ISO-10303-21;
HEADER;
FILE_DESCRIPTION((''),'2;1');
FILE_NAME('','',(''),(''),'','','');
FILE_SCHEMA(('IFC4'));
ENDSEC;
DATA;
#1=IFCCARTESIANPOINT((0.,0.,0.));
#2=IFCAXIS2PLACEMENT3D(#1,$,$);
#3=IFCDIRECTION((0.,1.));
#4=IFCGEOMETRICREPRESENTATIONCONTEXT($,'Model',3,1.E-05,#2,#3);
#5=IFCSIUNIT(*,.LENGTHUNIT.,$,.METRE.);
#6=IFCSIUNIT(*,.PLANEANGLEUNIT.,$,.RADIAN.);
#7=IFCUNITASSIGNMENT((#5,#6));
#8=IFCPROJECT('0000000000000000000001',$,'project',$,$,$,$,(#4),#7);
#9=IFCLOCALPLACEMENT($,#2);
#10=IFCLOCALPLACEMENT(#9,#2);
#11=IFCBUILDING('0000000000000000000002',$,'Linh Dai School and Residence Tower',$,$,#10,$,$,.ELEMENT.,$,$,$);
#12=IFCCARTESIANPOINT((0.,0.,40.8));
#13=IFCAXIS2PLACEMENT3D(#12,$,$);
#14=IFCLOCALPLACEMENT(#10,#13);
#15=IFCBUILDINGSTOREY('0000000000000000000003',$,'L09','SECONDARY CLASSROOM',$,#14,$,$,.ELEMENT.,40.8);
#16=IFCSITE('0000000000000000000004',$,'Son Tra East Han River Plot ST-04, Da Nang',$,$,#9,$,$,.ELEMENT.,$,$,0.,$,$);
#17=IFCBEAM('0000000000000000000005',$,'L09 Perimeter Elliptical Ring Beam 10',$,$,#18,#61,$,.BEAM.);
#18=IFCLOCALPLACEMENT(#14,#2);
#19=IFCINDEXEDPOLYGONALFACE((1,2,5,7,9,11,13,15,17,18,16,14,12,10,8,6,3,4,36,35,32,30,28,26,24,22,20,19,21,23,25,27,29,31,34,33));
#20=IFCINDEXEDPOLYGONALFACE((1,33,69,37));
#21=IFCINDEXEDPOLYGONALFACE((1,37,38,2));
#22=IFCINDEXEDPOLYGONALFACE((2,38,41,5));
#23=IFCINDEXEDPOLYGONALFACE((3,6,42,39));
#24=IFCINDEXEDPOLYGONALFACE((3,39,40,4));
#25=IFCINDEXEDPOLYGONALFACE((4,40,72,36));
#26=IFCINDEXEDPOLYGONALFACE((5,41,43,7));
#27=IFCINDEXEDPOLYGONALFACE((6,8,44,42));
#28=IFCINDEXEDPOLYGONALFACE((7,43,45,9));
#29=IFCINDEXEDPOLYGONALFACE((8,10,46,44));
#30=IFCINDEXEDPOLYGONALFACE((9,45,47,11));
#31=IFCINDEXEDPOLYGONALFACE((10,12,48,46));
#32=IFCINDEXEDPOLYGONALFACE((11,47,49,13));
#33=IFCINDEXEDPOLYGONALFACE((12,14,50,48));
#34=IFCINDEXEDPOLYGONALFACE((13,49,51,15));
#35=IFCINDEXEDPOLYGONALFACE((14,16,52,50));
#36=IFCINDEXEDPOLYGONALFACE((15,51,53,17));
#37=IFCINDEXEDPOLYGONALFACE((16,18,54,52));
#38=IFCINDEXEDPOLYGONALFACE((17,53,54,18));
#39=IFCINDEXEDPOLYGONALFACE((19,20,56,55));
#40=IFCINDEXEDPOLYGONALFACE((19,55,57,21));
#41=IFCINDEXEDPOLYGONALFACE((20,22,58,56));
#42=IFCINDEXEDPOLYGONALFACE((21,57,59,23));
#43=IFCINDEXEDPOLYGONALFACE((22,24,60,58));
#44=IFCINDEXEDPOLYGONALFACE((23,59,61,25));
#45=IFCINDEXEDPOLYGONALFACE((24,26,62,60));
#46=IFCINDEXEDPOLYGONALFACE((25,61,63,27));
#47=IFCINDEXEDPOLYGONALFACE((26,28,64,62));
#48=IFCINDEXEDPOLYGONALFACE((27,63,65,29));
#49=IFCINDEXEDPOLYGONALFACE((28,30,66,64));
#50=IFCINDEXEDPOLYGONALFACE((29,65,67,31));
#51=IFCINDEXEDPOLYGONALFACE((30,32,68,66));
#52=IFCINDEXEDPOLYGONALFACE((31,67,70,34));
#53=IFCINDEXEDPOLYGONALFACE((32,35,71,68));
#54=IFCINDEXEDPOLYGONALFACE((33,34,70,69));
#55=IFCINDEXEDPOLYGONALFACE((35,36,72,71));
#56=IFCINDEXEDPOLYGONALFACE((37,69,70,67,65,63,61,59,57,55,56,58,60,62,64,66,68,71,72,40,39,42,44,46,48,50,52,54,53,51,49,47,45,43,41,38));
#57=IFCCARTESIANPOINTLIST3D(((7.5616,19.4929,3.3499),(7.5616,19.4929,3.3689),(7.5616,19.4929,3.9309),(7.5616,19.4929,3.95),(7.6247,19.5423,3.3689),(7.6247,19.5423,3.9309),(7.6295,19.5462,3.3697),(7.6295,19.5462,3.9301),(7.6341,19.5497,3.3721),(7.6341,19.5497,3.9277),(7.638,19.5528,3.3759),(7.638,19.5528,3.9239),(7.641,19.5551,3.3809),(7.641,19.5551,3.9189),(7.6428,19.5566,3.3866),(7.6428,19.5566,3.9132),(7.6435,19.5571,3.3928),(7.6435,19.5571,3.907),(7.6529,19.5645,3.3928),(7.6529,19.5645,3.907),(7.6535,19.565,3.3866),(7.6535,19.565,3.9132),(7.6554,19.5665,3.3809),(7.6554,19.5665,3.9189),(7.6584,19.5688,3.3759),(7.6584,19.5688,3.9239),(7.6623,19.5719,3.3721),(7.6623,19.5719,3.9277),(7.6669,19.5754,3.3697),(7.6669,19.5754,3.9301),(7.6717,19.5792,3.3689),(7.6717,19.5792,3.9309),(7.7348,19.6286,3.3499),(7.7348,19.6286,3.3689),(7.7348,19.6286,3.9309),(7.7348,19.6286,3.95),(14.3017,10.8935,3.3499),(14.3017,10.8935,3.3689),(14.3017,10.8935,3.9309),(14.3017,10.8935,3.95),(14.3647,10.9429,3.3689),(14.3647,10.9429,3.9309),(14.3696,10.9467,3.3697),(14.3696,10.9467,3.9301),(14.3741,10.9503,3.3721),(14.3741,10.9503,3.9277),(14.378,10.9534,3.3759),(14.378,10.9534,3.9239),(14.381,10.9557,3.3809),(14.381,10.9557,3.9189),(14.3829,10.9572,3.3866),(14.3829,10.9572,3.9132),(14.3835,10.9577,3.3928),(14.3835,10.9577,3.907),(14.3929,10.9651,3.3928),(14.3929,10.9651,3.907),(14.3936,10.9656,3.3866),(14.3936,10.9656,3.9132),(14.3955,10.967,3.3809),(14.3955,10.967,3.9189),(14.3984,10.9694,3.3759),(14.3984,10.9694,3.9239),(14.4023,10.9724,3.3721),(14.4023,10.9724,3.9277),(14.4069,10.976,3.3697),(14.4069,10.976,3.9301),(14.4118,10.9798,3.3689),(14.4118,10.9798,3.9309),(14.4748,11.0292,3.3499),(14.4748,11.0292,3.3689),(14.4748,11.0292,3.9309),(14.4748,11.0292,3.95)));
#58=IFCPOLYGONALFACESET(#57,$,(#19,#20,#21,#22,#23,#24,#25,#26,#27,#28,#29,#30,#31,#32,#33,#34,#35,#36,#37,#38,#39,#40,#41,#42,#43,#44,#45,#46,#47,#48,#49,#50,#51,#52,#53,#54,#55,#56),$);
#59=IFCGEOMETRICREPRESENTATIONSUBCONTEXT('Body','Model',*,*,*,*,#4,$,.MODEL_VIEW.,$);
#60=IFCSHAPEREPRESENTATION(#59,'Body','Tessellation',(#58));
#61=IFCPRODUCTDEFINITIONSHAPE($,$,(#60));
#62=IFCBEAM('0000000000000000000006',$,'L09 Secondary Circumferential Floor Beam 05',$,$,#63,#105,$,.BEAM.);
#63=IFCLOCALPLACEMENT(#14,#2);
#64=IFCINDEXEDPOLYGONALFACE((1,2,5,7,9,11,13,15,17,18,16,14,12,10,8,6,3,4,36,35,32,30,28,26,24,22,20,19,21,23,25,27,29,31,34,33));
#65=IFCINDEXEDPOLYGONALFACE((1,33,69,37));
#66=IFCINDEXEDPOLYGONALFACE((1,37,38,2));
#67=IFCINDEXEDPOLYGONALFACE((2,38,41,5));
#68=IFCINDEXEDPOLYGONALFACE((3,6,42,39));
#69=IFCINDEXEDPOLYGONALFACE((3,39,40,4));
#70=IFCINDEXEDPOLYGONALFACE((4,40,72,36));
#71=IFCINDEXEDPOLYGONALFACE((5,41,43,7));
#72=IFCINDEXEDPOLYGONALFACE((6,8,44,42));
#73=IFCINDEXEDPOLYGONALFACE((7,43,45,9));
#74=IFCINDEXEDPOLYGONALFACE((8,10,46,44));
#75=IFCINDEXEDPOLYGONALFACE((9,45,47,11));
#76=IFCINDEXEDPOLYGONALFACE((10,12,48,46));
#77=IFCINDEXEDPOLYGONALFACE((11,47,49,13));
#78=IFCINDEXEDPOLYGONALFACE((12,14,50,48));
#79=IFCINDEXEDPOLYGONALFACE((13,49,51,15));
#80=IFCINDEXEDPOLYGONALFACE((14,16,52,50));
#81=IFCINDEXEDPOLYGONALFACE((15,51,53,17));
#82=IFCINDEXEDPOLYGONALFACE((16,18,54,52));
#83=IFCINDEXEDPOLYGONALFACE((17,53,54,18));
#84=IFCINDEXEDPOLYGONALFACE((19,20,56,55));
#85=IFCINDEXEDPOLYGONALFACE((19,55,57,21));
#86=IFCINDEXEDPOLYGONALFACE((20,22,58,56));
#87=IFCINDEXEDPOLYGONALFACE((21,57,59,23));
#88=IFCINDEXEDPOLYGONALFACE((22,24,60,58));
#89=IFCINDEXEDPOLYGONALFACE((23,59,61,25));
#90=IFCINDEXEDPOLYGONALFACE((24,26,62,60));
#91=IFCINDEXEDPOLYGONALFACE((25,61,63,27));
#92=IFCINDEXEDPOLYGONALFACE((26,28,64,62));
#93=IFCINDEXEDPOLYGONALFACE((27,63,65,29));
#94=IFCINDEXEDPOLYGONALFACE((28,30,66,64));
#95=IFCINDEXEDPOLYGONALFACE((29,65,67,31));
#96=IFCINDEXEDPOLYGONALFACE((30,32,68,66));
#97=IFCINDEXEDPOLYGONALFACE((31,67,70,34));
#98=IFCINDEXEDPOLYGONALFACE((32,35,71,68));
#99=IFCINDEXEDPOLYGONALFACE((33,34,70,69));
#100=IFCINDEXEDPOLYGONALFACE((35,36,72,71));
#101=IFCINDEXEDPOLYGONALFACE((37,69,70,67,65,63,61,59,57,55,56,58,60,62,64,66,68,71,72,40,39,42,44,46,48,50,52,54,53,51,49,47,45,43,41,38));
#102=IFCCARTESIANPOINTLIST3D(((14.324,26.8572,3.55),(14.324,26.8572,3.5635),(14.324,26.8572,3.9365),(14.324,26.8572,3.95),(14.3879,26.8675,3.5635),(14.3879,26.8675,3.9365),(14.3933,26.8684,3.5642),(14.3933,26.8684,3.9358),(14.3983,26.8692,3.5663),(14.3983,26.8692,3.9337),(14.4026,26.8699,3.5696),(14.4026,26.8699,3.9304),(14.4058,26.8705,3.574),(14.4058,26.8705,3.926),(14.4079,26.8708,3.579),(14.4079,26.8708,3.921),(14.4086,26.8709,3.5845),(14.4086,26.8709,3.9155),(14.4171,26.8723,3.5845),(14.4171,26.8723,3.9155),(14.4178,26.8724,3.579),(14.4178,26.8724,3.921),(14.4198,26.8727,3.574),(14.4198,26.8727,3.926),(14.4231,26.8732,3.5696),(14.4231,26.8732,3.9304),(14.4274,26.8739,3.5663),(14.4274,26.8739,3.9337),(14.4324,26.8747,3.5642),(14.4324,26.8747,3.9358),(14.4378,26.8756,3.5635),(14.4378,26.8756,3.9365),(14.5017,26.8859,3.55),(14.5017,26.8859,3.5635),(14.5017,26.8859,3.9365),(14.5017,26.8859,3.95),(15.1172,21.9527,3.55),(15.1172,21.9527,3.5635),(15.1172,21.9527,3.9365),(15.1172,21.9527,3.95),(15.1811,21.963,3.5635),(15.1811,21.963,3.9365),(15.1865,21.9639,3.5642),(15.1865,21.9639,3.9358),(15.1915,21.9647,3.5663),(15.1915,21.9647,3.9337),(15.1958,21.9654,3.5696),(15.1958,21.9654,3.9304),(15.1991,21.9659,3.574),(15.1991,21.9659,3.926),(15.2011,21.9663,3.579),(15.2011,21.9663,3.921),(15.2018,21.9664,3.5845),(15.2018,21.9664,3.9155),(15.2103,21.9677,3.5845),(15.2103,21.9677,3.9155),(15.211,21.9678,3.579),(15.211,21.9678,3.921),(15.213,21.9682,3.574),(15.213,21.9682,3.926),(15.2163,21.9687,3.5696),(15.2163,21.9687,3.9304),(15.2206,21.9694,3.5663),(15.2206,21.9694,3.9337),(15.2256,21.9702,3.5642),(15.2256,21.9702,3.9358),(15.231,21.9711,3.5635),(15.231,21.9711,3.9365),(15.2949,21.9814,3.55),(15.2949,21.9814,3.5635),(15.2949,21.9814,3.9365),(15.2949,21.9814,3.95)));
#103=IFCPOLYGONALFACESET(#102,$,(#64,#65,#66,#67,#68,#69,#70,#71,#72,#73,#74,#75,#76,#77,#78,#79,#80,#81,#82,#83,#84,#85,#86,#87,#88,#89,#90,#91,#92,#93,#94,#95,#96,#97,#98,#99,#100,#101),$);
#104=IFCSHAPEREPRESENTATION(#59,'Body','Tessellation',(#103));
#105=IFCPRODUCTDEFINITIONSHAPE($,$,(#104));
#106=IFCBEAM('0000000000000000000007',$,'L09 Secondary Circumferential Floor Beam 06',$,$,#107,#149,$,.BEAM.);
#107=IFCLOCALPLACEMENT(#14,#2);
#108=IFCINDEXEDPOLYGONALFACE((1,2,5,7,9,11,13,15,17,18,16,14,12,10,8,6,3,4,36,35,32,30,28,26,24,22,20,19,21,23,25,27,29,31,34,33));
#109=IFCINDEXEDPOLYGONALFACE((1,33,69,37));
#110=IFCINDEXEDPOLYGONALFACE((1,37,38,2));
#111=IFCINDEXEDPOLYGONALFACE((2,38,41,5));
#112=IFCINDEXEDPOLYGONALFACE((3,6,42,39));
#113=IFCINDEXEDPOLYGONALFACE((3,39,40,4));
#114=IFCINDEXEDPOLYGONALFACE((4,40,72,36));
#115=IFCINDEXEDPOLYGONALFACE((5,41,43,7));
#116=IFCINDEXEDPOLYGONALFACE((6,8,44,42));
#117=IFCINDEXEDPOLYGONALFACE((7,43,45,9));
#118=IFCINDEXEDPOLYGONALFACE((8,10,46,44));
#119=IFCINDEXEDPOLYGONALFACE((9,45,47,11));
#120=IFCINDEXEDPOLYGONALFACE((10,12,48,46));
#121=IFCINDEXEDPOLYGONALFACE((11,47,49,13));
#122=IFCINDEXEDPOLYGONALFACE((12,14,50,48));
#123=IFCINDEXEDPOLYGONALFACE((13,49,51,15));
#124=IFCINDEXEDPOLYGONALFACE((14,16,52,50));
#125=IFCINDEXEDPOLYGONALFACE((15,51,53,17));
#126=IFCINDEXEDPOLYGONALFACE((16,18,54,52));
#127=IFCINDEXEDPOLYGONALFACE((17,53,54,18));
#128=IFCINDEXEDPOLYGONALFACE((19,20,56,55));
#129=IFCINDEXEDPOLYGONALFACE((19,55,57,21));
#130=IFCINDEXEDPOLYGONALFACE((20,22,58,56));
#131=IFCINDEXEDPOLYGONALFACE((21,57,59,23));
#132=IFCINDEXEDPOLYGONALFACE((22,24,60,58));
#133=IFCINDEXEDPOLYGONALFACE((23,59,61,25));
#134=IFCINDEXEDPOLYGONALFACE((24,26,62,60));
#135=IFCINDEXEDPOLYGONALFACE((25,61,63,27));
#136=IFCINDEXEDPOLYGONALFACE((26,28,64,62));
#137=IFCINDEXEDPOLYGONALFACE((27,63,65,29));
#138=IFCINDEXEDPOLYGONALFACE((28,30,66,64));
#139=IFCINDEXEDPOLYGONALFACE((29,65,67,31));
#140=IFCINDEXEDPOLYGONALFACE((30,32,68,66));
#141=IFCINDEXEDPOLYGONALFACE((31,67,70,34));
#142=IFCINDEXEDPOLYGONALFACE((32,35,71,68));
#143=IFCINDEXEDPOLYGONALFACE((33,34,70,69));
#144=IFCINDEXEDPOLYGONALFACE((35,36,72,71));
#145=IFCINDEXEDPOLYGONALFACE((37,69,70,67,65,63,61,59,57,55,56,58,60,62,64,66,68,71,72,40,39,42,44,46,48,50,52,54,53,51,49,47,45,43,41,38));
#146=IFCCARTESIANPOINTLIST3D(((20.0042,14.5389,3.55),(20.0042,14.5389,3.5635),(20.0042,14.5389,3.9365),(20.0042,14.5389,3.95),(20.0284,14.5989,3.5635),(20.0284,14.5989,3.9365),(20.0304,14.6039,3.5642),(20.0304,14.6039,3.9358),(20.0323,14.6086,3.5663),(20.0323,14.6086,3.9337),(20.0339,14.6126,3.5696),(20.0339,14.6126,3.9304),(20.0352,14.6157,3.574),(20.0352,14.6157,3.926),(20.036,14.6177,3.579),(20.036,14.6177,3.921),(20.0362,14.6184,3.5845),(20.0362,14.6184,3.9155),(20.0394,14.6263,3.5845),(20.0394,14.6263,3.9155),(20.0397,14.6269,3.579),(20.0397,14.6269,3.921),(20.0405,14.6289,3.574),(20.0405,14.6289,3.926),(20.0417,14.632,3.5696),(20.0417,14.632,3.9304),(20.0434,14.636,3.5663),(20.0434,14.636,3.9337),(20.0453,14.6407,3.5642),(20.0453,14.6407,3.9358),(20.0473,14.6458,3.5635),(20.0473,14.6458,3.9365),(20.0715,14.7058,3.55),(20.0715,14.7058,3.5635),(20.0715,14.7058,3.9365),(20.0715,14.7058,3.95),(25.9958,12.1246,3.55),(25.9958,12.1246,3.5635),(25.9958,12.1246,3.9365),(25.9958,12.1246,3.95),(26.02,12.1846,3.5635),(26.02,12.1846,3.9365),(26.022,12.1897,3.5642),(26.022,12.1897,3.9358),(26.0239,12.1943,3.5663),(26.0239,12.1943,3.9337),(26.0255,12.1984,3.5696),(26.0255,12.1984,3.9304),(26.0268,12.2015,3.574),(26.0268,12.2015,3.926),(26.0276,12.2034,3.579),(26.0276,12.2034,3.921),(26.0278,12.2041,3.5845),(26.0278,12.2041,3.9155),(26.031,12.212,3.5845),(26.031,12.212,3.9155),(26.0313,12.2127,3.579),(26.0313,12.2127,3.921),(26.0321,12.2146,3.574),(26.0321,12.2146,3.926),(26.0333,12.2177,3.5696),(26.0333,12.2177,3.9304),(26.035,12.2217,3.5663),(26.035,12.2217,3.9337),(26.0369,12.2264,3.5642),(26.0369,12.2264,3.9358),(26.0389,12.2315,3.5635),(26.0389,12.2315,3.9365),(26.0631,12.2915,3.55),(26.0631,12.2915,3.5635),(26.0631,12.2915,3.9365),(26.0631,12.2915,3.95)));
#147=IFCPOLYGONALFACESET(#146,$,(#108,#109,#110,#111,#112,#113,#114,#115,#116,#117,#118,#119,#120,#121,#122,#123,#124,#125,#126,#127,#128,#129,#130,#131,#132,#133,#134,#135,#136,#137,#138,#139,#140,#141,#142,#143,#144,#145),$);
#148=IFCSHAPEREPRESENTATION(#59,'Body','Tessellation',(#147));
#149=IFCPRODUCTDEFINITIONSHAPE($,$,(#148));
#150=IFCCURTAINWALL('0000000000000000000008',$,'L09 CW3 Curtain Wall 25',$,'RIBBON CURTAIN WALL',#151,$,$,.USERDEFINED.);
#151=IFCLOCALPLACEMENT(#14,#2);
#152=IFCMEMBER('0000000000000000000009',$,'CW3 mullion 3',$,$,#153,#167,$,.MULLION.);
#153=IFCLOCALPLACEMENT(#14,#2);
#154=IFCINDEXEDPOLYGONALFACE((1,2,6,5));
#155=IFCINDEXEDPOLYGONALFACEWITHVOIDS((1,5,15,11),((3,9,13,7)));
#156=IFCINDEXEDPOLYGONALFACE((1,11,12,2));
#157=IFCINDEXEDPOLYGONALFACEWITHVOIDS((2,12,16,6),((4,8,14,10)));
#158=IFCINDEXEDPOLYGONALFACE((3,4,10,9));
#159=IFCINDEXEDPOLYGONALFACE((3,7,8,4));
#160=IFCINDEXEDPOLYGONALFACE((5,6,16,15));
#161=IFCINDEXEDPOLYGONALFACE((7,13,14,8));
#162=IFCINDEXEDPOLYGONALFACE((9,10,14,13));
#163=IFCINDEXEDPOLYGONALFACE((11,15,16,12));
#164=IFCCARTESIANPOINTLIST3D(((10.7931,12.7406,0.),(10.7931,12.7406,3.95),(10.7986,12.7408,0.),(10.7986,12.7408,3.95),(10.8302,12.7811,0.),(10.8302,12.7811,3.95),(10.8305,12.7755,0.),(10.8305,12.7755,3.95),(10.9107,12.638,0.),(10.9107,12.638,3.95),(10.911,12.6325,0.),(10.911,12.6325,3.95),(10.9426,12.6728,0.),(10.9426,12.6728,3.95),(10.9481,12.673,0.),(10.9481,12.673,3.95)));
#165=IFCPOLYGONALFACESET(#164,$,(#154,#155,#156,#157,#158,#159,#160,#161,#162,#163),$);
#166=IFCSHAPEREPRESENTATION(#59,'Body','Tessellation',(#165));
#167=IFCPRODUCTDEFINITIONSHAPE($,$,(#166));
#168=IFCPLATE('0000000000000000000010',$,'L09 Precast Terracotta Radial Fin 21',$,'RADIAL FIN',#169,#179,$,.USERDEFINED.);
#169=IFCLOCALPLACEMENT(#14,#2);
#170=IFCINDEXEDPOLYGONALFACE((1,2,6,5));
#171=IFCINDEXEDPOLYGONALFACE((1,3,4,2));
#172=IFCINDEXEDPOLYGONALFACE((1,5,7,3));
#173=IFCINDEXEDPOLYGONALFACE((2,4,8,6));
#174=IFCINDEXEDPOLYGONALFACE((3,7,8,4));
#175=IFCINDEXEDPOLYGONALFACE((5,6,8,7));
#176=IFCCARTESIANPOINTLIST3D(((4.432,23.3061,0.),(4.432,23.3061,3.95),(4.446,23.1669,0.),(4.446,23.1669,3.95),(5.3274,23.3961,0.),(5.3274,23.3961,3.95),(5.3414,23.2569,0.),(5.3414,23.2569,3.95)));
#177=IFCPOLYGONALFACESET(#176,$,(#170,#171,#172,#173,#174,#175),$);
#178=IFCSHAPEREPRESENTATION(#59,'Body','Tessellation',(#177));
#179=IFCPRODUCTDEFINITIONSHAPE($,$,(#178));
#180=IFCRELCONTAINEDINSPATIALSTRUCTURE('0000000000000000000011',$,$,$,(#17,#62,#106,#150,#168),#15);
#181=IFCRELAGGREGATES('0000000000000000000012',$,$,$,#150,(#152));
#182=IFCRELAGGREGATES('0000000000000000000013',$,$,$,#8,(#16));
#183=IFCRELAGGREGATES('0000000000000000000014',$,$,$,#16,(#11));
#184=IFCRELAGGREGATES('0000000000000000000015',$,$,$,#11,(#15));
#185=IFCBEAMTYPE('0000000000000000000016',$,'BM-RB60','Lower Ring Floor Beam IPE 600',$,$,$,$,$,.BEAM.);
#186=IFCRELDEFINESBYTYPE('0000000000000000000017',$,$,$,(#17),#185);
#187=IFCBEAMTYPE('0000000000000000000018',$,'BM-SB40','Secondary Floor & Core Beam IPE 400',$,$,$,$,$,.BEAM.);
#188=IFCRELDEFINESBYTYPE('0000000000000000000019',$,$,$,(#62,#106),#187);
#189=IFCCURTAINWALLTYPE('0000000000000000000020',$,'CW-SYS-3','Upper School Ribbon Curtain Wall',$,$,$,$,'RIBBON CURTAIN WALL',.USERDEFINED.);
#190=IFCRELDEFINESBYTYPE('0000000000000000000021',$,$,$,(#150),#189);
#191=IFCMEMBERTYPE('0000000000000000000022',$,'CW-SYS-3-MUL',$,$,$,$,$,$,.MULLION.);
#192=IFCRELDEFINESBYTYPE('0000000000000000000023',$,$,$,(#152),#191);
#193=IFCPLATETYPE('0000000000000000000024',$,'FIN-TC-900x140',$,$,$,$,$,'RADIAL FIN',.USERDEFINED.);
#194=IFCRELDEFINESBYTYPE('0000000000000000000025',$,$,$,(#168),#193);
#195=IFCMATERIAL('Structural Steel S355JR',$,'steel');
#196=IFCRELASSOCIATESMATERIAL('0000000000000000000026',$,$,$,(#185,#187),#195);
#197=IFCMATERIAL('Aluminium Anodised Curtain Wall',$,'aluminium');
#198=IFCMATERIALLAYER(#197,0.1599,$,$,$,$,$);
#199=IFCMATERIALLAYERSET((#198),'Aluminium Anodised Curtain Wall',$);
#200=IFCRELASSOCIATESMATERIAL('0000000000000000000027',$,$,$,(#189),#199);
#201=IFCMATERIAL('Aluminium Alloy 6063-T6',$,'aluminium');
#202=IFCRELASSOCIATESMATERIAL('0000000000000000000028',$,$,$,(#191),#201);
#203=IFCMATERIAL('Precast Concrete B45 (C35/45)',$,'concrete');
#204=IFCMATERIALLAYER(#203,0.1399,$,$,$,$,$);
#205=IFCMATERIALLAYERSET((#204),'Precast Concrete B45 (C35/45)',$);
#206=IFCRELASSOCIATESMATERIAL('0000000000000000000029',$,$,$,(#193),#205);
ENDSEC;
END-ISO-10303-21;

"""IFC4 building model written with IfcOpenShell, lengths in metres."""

from ifc_helpers import new_model, si_unit, direction, frame, origin, origin_2d, place, context, subcontext, project, spatial, rectangle, hollow_rectangle, i_section, extrude, source, transform, mapped, material, layer, layer_set, material_profile, profile_set, type_object, element, aggregate, save


model = new_model("IFC4")

# Units and contexts
model_context = context("Model", 3, precision=1e-05, world=origin(), true_north=direction((0.0, 1.0)))
body_context = subcontext(model_context, "Body", "Model", "MODEL_VIEW")
ifc_project = project(units=[si_unit("LENGTHUNIT", "METRE"), si_unit("PLANEANGLEUNIT", "RADIAN")], contexts=[model_context])

# Site, building, storey
site_placement = place(None, origin())
site = spatial("IfcSite", under=ifc_project, at=site_placement, Name="Son Tra East Han River Plot ST-04, Da Nang", CompositionType="ELEMENT", RefElevation=0.0)
building_placement = place(site_placement, origin())
building = spatial("IfcBuilding", under=site, at=building_placement, Name="Linh Dai School and Residence Tower", CompositionType="ELEMENT")
storey_placement = place(building_placement, frame((0.0, 0.0, 40.8)))
storey = spatial("IfcBuildingStorey", under=building, at=storey_placement, Name="L09", Description="SECONDARY CLASSROOM", CompositionType="ELEMENT", Elevation=40.8)

# Shared definitions
ifc_material_1 = material(Name="Structural Steel S355JR", Category="steel")

# Beams
ifc_material_profile_1 = material_profile(ifc_material_1, i_section(OverallWidth=0.22, OverallDepth=0.6001, WebThickness=0.012, FlangeThickness=0.019, FilletRadius=0.0239, at=origin_2d()), Name="IPE 600")
ifc_profile_set_1 = profile_set([ifc_material_profile_1], Name="Structural Steel S355JR")
beam_type_1 = type_object("IfcBeamType", Name="BM-RB60", Description="Lower Ring Floor Beam IPE 600", PredefinedType="BEAM", material=ifc_profile_set_1)
beam_1_placement = place(storey_placement, frame((7.6482, 19.5608, 3.6499), z_axis=(0.616879, -0.787058, 0.0), x_axis=(0.787058, 0.616879, 0.0)))
element("IfcBeam", 1, at=beam_1_placement, inside=storey, type_object=beam_type_1, Name="L09 Perimeter Elliptical Ring Beam 10", PredefinedType="BEAM", context=body_context, shape_type="SweptSolid", body=[
    extrude(i_section(OverallWidth=0.22, OverallDepth=0.6001, WebThickness=0.012, FlangeThickness=0.019, FilletRadius=0.0239, at=origin_2d()), origin(), (0.0, 0.0, 1.0), 10.926),
])
ifc_material_profile_2 = material_profile(ifc_material_1, i_section(OverallWidth=0.1799, OverallDepth=0.3999, WebThickness=0.0085, FlangeThickness=0.0134, FilletRadius=0.021, at=origin_2d()), Name="IPE 400")
ifc_profile_set_2 = profile_set([ifc_material_profile_2], Name="Structural Steel S355JR")
beam_type_2 = type_object("IfcBeamType", Name="BM-SB40", Description="Secondary Floor & Core Beam IPE 400", PredefinedType="BEAM", material=ifc_profile_set_2)
beam_2_placement = place(storey_placement, frame((14.4128, 26.8716, 3.75), z_axis=(0.159656, -0.987173, 0.0), x_axis=(0.987173, 0.159656, 0.0)))
element("IfcBeam", 2, at=beam_2_placement, inside=storey, type_object=beam_type_2, Name="L09 Secondary Circumferential Floor Beam 05", PredefinedType="BEAM", context=body_context, shape_type="SweptSolid", body=[
    extrude(i_section(OverallWidth=0.1799, OverallDepth=0.3999, WebThickness=0.0085, FlangeThickness=0.0134, FilletRadius=0.021, at=origin_2d()), origin(), (0.0, 0.0, 1.0), 4.9683),
])
beam_3_placement = place(storey_placement, frame((20.0378, 14.6223, 3.75), z_axis=(0.927533, -0.373742, 0.0), x_axis=(0.373742, 0.927533, 0.0)))
element("IfcBeam", 3, at=beam_3_placement, inside=storey, type_object=beam_type_2, Name="L09 Secondary Circumferential Floor Beam 06", PredefinedType="BEAM", context=body_context, shape_type="SweptSolid", body=[
    extrude(i_section(OverallWidth=0.1799, OverallDepth=0.3999, WebThickness=0.0085, FlangeThickness=0.0134, FilletRadius=0.021, at=origin_2d()), origin(), (0.0, 0.0, 1.0), 6.4597),
])

# Curtain wall, member
ifc_material_2 = material(Name="Aluminium Anodised Curtain Wall", Category="aluminium")
ifc_layer_1 = layer(ifc_material_2, 0.1599)
ifc_layer_set_1 = layer_set([ifc_layer_1], Name="Aluminium Anodised Curtain Wall")
curtain_wall_type = type_object("IfcCurtainWallType", Name="CW-SYS-3", Description="Upper School Ribbon Curtain Wall", ElementType="RIBBON CURTAIN WALL", PredefinedType="USERDEFINED", material=ifc_layer_set_1)
curtain_wall_placement = place(storey_placement, origin())
curtain_wall = element("IfcCurtainWall", 4, at=curtain_wall_placement, inside=storey, type_object=curtain_wall_type, Name="L09 CW3 Curtain Wall 25", ObjectType="RIBBON CURTAIN WALL", PredefinedType="USERDEFINED")
ifc_material_3 = material(Name="Aluminium Alloy 6063-T6", Category="aluminium")
ifc_material_profile_3 = material_profile(ifc_material_3, hollow_rectangle(XDim=0.0549, YDim=0.1599, WallThickness=0.0039, at=origin_2d()), Name="RHS 160x55x4")
ifc_profile_set_3 = profile_set([ifc_material_profile_3], Name="Aluminium Alloy 6063-T6")
member_type = type_object("IfcMemberType", Name="CW-SYS-3-MUL", PredefinedType="MULLION", material=ifc_profile_set_3)
shared_shape_1 = source(origin(), body_context, "Body", "SweptSolid", [
    extrude(hollow_rectangle(XDim=0.0549, YDim=0.1599, WallThickness=0.0039, at=origin_2d()), origin(), (0.0, 0.0, 1.0), 3.95),
])
member_placement = place(storey_placement, frame((10.8706, 12.7068, 0.0), z_axis=(0.0, 0.0, 1.0), x_axis=(-0.675769, -0.737113, 0.0)))
member = element("IfcMember", 5, at=member_placement, type_object=member_type, Name="CW3 mullion 3", PredefinedType="MULLION", context=body_context, shape_type="MappedRepresentation", body=[
    mapped(shared_shape_1, transform((0.0, 0.0, 0.0), x_axis=(1.0, 0.0, 0.0), y_axis=(0.0, 1.0, 0.0), z_axis=(0.0, 0.0, 1.0), scale=1.0)),
])

# Plate
ifc_material_4 = material(Name="Precast Concrete B45 (C35/45)", Category="concrete")
ifc_layer_2 = layer(ifc_material_4, 0.1399)
ifc_layer_set_2 = layer_set([ifc_layer_2], Name="Precast Concrete B45 (C35/45)")
plate_type_1 = type_object("IfcPlateType", Name="FIN-TC-900x140", ElementType="RADIAL FIN", PredefinedType="USERDEFINED", material=ifc_layer_set_2)
shared_shape_2 = source(origin(), body_context, "Body", "SweptSolid", [
    extrude(rectangle(XDim=0.8999, YDim=0.1399, at=origin_2d()), origin(), (0.0, 0.0, 1.0), 3.95),
])
plate_1_placement = place(storey_placement, frame((4.8867, 23.2815, 0.0), z_axis=(0.0, 0.0, 1.0), x_axis=(-0.994986, -0.100009, 0.0)))
element("IfcPlate", 6, at=plate_1_placement, inside=storey, type_object=plate_type_1, Name="L09 Precast Terracotta Radial Fin 21", ObjectType="RADIAL FIN", PredefinedType="USERDEFINED", context=body_context, shape_type="MappedRepresentation", body=[
    mapped(shared_shape_2, transform((0.0, 0.0, 0.0), x_axis=(1.0, 0.0, 0.0), y_axis=(0.0, 1.0, 0.0), z_axis=(0.0, 0.0, 1.0), scale=1.0)),
])
aggregate(curtain_wall, [member])

save(model, "model.ifc")
